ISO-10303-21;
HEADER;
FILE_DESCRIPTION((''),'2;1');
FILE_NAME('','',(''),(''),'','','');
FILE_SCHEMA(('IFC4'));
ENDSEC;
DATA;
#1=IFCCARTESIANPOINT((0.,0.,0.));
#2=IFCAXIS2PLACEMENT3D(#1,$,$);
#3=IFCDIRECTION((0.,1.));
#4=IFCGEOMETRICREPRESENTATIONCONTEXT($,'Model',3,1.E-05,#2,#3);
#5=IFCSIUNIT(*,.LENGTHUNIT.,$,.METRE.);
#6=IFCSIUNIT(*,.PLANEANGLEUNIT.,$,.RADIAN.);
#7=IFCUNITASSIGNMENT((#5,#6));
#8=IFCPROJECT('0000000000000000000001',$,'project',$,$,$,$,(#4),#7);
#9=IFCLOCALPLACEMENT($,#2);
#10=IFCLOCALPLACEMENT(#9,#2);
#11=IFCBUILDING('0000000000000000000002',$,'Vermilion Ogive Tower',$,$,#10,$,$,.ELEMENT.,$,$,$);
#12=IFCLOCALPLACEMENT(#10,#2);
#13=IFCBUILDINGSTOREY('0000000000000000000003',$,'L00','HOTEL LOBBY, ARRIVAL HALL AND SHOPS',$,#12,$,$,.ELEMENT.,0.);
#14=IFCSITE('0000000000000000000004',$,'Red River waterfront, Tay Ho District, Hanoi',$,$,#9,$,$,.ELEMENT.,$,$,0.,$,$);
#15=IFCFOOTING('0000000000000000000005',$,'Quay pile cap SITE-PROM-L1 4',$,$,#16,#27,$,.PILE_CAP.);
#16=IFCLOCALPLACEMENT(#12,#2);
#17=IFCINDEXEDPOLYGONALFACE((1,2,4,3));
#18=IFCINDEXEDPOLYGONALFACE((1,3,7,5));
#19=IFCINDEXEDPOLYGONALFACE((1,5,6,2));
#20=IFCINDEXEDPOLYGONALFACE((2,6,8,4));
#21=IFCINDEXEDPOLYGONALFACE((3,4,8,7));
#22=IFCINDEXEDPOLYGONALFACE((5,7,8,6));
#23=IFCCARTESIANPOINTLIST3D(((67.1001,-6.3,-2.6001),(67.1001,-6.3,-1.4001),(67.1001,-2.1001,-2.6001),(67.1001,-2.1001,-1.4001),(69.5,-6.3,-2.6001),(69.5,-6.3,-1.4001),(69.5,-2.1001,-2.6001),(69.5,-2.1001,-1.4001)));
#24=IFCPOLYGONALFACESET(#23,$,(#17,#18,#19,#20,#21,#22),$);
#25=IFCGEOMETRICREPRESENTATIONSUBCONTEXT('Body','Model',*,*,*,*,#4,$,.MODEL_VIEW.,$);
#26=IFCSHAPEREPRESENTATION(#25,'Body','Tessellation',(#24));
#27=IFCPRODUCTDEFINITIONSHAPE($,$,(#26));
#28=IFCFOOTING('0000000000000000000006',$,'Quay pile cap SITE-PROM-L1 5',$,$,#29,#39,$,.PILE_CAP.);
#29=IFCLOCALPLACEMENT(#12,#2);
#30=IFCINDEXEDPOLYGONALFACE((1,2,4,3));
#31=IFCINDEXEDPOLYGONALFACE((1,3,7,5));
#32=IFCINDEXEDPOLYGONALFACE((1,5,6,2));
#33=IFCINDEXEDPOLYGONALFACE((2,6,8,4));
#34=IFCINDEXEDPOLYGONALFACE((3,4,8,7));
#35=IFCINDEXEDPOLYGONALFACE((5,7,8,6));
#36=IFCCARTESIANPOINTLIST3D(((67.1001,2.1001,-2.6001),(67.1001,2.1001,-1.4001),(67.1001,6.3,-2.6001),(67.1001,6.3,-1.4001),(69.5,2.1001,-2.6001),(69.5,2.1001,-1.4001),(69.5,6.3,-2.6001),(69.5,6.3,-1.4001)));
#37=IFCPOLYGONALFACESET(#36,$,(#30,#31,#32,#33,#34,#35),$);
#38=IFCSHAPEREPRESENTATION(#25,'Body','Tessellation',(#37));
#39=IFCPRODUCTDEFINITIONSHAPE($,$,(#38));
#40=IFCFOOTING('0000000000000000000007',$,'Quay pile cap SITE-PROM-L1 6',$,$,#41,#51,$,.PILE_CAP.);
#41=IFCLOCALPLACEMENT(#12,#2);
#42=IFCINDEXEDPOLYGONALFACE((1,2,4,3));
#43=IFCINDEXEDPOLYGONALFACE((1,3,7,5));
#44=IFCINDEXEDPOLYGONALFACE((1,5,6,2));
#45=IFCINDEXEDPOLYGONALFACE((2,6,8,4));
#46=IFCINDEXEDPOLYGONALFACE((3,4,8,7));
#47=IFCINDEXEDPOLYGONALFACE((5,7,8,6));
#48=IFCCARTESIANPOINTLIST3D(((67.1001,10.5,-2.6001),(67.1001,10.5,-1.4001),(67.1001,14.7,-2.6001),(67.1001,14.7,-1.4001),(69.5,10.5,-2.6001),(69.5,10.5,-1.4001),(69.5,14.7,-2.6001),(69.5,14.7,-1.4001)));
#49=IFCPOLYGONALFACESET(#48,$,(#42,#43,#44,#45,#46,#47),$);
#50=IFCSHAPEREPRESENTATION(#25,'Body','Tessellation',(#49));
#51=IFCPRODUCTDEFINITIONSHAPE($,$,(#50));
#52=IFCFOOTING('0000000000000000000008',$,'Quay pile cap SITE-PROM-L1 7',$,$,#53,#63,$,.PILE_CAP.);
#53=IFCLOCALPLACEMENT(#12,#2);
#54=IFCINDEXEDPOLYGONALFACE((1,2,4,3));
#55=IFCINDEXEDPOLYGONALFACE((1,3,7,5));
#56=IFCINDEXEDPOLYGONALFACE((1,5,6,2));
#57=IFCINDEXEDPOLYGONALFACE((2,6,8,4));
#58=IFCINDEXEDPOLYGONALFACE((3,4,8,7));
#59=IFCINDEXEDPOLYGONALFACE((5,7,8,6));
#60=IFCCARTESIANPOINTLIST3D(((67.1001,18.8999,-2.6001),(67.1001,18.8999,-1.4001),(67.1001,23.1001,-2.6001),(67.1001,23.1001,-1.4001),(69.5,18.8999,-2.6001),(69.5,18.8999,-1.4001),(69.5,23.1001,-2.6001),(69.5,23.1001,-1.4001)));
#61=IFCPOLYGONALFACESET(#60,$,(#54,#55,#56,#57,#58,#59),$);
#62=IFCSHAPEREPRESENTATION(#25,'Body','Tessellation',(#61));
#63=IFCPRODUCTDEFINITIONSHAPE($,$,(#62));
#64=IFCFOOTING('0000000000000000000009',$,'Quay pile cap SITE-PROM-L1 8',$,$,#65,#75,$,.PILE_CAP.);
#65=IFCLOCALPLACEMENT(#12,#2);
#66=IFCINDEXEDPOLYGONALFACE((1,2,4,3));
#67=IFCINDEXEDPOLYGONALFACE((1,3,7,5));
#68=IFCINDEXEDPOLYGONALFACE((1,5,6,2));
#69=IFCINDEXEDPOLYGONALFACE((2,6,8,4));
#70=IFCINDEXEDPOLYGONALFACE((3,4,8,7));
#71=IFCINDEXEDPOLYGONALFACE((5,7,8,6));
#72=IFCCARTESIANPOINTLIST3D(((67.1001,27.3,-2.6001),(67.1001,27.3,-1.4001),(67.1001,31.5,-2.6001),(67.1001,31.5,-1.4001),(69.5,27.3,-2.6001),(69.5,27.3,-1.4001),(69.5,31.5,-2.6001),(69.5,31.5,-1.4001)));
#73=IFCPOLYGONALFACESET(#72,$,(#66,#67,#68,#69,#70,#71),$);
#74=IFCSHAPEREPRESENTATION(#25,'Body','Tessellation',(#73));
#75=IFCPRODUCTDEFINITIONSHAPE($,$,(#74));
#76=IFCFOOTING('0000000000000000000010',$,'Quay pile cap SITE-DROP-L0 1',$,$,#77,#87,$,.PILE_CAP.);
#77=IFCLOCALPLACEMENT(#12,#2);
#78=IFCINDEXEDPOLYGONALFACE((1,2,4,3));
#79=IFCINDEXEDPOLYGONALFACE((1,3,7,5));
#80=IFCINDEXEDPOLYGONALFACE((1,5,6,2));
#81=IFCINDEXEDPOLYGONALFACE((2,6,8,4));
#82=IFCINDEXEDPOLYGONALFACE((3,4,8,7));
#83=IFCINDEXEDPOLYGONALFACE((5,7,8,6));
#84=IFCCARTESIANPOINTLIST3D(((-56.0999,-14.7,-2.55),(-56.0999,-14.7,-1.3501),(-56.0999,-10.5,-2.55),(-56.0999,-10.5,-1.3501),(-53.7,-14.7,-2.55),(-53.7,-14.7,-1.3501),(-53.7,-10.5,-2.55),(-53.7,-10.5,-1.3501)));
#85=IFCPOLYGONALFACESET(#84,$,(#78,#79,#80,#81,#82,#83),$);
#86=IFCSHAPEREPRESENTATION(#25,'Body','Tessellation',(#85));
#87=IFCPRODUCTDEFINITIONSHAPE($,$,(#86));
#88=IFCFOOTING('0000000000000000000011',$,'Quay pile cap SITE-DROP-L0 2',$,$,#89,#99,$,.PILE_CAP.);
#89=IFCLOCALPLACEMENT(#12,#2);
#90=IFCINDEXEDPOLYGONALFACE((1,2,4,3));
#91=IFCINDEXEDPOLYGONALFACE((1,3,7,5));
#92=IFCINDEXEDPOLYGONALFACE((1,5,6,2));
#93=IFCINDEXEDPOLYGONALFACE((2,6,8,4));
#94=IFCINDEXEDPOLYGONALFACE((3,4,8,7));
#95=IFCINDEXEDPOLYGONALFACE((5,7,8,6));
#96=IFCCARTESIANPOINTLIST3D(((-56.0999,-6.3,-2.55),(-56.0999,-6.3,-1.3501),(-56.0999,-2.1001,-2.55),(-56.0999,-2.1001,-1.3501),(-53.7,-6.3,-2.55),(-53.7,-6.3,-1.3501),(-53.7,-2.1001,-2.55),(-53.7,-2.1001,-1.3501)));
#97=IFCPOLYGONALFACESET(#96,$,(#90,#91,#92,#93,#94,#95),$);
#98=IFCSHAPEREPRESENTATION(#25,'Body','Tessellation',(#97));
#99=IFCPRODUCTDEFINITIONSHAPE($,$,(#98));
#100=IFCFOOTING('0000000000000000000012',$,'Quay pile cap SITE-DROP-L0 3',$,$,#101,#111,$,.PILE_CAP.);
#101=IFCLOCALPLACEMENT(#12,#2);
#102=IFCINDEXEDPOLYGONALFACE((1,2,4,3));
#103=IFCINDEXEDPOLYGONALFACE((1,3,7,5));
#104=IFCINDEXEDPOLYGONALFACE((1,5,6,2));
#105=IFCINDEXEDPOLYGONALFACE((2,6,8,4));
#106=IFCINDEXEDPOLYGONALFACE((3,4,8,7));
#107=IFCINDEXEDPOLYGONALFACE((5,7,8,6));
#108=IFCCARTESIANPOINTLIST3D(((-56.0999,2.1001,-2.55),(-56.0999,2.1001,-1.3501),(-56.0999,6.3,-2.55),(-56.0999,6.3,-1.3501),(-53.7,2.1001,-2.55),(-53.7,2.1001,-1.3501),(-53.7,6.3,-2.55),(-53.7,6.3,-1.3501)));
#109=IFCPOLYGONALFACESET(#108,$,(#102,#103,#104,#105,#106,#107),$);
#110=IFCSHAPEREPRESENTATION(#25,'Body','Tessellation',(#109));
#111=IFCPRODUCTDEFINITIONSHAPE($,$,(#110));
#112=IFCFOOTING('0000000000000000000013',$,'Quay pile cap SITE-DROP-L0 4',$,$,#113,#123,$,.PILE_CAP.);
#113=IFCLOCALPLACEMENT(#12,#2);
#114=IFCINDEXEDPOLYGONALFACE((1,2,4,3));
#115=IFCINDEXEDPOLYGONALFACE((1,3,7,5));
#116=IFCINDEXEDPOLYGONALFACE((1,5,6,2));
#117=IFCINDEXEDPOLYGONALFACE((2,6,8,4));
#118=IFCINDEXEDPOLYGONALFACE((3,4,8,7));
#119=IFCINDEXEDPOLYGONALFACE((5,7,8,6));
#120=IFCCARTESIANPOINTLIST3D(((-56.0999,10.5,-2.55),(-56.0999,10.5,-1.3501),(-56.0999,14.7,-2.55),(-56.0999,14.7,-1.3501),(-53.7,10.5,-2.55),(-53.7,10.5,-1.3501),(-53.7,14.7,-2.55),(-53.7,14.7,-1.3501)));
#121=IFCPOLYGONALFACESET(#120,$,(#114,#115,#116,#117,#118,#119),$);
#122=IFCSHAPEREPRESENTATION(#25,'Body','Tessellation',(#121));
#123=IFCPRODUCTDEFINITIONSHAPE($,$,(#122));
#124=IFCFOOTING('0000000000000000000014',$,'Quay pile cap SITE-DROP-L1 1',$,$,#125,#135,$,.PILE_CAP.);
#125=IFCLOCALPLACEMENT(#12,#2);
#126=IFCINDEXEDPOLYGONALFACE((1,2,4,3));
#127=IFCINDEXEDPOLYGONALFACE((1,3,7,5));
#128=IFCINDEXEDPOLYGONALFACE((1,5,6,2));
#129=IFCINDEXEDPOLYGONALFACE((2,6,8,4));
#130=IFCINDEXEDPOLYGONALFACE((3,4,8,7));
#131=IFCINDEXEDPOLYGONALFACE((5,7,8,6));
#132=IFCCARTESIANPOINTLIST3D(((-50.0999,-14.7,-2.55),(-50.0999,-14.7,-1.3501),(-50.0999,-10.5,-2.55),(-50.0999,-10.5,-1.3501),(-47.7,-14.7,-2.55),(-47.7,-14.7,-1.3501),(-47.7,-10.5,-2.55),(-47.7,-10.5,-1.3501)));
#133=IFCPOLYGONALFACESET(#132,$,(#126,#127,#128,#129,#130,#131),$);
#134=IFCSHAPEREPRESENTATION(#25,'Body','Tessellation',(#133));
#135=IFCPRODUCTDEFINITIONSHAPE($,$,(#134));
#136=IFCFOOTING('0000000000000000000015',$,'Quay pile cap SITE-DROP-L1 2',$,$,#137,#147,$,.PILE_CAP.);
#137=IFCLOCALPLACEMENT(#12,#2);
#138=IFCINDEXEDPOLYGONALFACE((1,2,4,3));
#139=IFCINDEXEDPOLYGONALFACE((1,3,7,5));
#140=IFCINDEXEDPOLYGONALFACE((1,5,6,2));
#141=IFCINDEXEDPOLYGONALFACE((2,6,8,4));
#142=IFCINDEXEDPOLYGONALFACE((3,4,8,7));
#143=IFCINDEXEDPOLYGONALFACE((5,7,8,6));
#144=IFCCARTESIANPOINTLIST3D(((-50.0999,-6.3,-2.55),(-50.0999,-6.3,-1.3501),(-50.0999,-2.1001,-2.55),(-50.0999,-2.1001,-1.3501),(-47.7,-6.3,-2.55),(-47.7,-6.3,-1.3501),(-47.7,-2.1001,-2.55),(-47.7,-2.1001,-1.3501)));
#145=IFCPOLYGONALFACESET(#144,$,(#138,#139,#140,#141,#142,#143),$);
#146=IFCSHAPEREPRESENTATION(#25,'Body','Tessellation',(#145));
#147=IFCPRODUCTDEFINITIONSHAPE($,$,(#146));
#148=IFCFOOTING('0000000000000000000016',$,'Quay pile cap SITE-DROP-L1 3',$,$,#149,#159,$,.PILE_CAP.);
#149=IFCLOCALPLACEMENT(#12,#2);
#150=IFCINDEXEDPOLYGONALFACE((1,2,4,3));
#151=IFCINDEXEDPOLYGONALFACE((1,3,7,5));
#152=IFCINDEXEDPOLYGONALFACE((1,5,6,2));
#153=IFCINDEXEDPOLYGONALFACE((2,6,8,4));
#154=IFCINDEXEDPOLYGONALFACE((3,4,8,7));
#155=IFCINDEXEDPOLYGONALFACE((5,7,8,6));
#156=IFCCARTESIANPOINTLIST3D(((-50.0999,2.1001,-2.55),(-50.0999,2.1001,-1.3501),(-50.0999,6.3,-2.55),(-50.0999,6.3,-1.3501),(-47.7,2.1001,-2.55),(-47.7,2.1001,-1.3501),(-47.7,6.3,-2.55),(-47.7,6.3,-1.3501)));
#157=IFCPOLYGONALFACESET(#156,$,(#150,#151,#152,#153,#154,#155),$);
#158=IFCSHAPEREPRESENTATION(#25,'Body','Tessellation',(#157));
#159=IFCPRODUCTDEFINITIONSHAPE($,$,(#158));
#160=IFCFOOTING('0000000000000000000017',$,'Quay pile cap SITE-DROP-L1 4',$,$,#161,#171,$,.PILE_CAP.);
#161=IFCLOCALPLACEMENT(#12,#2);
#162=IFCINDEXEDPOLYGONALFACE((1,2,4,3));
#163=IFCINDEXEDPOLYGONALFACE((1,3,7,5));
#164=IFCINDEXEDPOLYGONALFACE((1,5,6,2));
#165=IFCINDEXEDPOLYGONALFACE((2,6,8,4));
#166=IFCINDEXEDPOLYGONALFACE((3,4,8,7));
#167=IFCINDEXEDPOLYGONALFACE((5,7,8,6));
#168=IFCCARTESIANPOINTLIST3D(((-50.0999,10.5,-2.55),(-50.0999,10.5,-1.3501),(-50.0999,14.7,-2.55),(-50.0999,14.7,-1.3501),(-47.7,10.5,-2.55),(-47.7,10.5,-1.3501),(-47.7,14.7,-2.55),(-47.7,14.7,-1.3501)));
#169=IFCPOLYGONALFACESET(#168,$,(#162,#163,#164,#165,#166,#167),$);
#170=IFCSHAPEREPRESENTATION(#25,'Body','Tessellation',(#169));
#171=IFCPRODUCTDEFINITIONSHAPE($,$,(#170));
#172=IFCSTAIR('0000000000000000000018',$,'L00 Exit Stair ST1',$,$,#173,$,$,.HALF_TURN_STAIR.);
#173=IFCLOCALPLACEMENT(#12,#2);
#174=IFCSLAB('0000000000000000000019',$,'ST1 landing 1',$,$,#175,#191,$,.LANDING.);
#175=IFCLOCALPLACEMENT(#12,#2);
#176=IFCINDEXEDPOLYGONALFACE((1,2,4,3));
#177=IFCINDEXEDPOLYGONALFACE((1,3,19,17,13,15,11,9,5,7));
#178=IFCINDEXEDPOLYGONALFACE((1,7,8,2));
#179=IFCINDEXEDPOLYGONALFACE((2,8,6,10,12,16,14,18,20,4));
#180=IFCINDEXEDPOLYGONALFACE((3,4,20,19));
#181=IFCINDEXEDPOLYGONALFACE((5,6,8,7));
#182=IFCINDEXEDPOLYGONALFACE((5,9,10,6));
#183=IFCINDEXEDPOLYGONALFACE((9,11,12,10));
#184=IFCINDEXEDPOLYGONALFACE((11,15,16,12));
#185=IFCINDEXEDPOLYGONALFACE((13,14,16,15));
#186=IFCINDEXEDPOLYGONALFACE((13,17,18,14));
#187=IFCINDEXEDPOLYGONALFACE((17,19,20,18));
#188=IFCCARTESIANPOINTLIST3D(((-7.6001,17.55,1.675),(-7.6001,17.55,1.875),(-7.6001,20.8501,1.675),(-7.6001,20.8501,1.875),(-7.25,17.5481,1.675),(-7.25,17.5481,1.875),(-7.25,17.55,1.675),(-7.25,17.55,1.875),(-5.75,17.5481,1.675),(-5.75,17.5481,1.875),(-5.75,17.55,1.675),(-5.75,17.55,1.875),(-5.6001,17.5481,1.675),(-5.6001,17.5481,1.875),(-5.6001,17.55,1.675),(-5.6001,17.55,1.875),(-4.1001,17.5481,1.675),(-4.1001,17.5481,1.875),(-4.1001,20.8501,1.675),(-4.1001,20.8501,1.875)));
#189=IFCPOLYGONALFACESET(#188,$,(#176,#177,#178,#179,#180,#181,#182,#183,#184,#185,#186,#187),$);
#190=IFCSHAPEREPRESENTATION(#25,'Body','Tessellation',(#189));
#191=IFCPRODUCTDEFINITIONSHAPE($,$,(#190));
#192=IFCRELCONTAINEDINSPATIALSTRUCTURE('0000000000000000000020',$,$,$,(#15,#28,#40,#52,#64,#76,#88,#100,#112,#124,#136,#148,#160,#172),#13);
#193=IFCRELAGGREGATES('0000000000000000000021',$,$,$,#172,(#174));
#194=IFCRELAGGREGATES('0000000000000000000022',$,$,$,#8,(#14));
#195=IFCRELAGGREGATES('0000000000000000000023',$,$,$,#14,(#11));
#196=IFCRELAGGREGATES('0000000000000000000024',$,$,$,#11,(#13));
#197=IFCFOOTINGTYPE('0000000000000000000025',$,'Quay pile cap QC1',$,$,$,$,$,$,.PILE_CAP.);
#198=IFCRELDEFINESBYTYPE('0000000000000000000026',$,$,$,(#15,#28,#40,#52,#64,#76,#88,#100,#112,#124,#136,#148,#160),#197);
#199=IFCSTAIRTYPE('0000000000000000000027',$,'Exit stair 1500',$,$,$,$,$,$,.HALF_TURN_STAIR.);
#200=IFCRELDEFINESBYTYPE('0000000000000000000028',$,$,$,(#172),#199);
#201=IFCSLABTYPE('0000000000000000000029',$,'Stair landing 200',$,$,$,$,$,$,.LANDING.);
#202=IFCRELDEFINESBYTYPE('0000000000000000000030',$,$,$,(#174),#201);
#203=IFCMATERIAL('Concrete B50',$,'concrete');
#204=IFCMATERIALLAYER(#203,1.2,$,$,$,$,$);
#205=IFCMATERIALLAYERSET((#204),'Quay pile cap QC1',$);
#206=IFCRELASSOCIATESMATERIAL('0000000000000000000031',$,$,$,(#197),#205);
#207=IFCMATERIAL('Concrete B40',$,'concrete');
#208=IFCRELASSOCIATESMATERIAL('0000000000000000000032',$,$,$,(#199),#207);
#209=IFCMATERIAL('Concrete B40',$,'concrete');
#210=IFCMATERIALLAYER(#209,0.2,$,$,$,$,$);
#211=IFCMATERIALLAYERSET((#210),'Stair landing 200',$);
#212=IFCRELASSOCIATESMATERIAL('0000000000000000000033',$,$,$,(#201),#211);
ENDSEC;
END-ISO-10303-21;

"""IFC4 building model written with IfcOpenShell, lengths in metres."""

from ifc_helpers import new_model, si_unit, direction, frame, origin, place, context, subcontext, project, spatial, polyline, outline, extrude, material, layer, layer_set, type_object, element, aggregate, save


model = new_model("IFC4")

# Units and contexts
model_context = context("Model", 3, precision=1e-05, world=origin(), true_north=direction((0.0, 1.0)))
body_context = subcontext(model_context, "Body", "Model", "MODEL_VIEW")
ifc_project = project(units=[si_unit("LENGTHUNIT", "METRE"), si_unit("PLANEANGLEUNIT", "RADIAN")], contexts=[model_context])

# Site, building, storey
site_placement = place(None, origin())
site = spatial("IfcSite", under=ifc_project, at=site_placement, Name="Red River waterfront, Tay Ho District, Hanoi", CompositionType="ELEMENT", RefElevation=0.0)
building_placement = place(site_placement, origin())
building = spatial("IfcBuilding", under=site, at=building_placement, Name="Vermilion Ogive Tower", CompositionType="ELEMENT")
storey_placement = place(building_placement, origin())
storey = spatial("IfcBuildingStorey", under=building, at=storey_placement, Name="L00", Description="HOTEL LOBBY, ARRIVAL HALL AND SHOPS", CompositionType="ELEMENT", Elevation=0.0)

# Footings
ifc_material_1 = material(Name="Concrete B50", Category="concrete")
ifc_layer_1 = layer(ifc_material_1, 1.2)
ifc_layer_set_1 = layer_set([ifc_layer_1], Name="Quay pile cap QC1")
footing_type = type_object("IfcFootingType", Name="Quay pile cap QC1", PredefinedType="PILE_CAP", material=ifc_layer_set_1)
footing_1_placement = place(storey_placement, frame((0.0, 0.0, -2.6001)))
element("IfcFooting", 1, at=footing_1_placement, inside=storey, type_object=footing_type, Name="Quay pile cap SITE-PROM-L1 4", PredefinedType="PILE_CAP", context=body_context, shape_type="SweptSolid", body=[
    extrude(outline(polyline([(69.5, -6.3), (69.5, -2.1001), (67.1001, -2.1001), (67.1001, -6.3), (69.5, -6.3)])), origin(), (0.0, 0.0, 1.0), 1.2),
])
footing_2_placement = place(storey_placement, frame((0.0, 0.0, -2.6001)))
element("IfcFooting", 2, at=footing_2_placement, inside=storey, type_object=footing_type, Name="Quay pile cap SITE-PROM-L1 5", PredefinedType="PILE_CAP", context=body_context, shape_type="SweptSolid", body=[
    extrude(outline(polyline([(69.5, 2.1001), (69.5, 6.3), (67.1001, 6.3), (67.1001, 2.1001), (69.5, 2.1001)])), origin(), (0.0, 0.0, 1.0), 1.2),
])
footing_3_placement = place(storey_placement, frame((0.0, 0.0, -2.6001)))
element("IfcFooting", 3, at=footing_3_placement, inside=storey, type_object=footing_type, Name="Quay pile cap SITE-PROM-L1 6", PredefinedType="PILE_CAP", context=body_context, shape_type="SweptSolid", body=[
    extrude(outline(polyline([(69.5, 10.5), (69.5, 14.7), (67.1001, 14.7), (67.1001, 10.5), (69.5, 10.5)])), origin(), (0.0, 0.0, 1.0), 1.2),
])
footing_4_placement = place(storey_placement, frame((0.0, 0.0, -2.6001)))
element("IfcFooting", 4, at=footing_4_placement, inside=storey, type_object=footing_type, Name="Quay pile cap SITE-PROM-L1 7", PredefinedType="PILE_CAP", context=body_context, shape_type="SweptSolid", body=[
    extrude(outline(polyline([(69.5, 18.8999), (69.5, 23.1001), (67.1001, 23.1001), (67.1001, 18.8999), (69.5, 18.8999)])), origin(), (0.0, 0.0, 1.0), 1.2),
])
footing_5_placement = place(storey_placement, frame((0.0, 0.0, -2.6001)))
element("IfcFooting", 5, at=footing_5_placement, inside=storey, type_object=footing_type, Name="Quay pile cap SITE-PROM-L1 8", PredefinedType="PILE_CAP", context=body_context, shape_type="SweptSolid", body=[
    extrude(outline(polyline([(69.5, 27.3), (69.5, 31.5), (67.1001, 31.5), (67.1001, 27.3), (69.5, 27.3)])), origin(), (0.0, 0.0, 1.0), 1.2),
])
footing_6_placement = place(storey_placement, frame((0.0, 0.0, -2.55)))
element("IfcFooting", 6, at=footing_6_placement, inside=storey, type_object=footing_type, Name="Quay pile cap SITE-DROP-L0 1", PredefinedType="PILE_CAP", context=body_context, shape_type="SweptSolid", body=[
    extrude(outline(polyline([(-53.7, -14.7), (-53.7, -10.5), (-56.0999, -10.5), (-56.0999, -14.7), (-53.7, -14.7)])), origin(), (0.0, 0.0, 1.0), 1.2),
])
footing_7_placement = place(storey_placement, frame((0.0, 0.0, -2.55)))
element("IfcFooting", 7, at=footing_7_placement, inside=storey, type_object=footing_type, Name="Quay pile cap SITE-DROP-L0 2", PredefinedType="PILE_CAP", context=body_context, shape_type="SweptSolid", body=[
    extrude(outline(polyline([(-53.7, -6.3), (-53.7, -2.1001), (-56.0999, -2.1001), (-56.0999, -6.3), (-53.7, -6.3)])), origin(), (0.0, 0.0, 1.0), 1.2),
])
footing_8_placement = place(storey_placement, frame((0.0, 0.0, -2.55)))
element("IfcFooting", 8, at=footing_8_placement, inside=storey, type_object=footing_type, Name="Quay pile cap SITE-DROP-L0 3", PredefinedType="PILE_CAP", context=body_context, shape_type="SweptSolid", body=[
    extrude(outline(polyline([(-53.7, 2.1001), (-53.7, 6.3), (-56.0999, 6.3), (-56.0999, 2.1001), (-53.7, 2.1001)])), origin(), (0.0, 0.0, 1.0), 1.2),
])
footing_9_placement = place(storey_placement, frame((0.0, 0.0, -2.55)))
element("IfcFooting", 9, at=footing_9_placement, inside=storey, type_object=footing_type, Name="Quay pile cap SITE-DROP-L0 4", PredefinedType="PILE_CAP", context=body_context, shape_type="SweptSolid", body=[
    extrude(outline(polyline([(-53.7, 10.5), (-53.7, 14.7), (-56.0999, 14.7), (-56.0999, 10.5), (-53.7, 10.5)])), origin(), (0.0, 0.0, 1.0), 1.2),
])
footing_10_placement = place(storey_placement, frame((0.0, 0.0, -2.55)))
element("IfcFooting", 10, at=footing_10_placement, inside=storey, type_object=footing_type, Name="Quay pile cap SITE-DROP-L1 1", PredefinedType="PILE_CAP", context=body_context, shape_type="SweptSolid", body=[
    extrude(outline(polyline([(-47.7, -14.7), (-47.7, -10.5), (-50.0999, -10.5), (-50.0999, -14.7), (-47.7, -14.7)])), origin(), (0.0, 0.0, 1.0), 1.2),
])
footing_11_placement = place(storey_placement, frame((0.0, 0.0, -2.55)))
element("IfcFooting", 11, at=footing_11_placement, inside=storey, type_object=footing_type, Name="Quay pile cap SITE-DROP-L1 2", PredefinedType="PILE_CAP", context=body_context, shape_type="SweptSolid", body=[
    extrude(outline(polyline([(-47.7, -6.3), (-47.7, -2.1001), (-50.0999, -2.1001), (-50.0999, -6.3), (-47.7, -6.3)])), origin(), (0.0, 0.0, 1.0), 1.2),
])
footing_12_placement = place(storey_placement, frame((0.0, 0.0, -2.55)))
element("IfcFooting", 12, at=footing_12_placement, inside=storey, type_object=footing_type, Name="Quay pile cap SITE-DROP-L1 3", PredefinedType="PILE_CAP", context=body_context, shape_type="SweptSolid", body=[
    extrude(outline(polyline([(-47.7, 2.1001), (-47.7, 6.3), (-50.0999, 6.3), (-50.0999, 2.1001), (-47.7, 2.1001)])), origin(), (0.0, 0.0, 1.0), 1.2),
])
footing_13_placement = place(storey_placement, frame((0.0, 0.0, -2.55)))
element("IfcFooting", 13, at=footing_13_placement, inside=storey, type_object=footing_type, Name="Quay pile cap SITE-DROP-L1 4", PredefinedType="PILE_CAP", context=body_context, shape_type="SweptSolid", body=[
    extrude(outline(polyline([(-47.7, 10.5), (-47.7, 14.7), (-50.0999, 14.7), (-50.0999, 10.5), (-47.7, 10.5)])), origin(), (0.0, 0.0, 1.0), 1.2),
])

# Stair, slab
ifc_material_2 = material(Name="Concrete B40", Category="concrete")
stair_type = type_object("IfcStairType", Name="Exit stair 1500", PredefinedType="HALF_TURN_STAIR", material=ifc_material_2)
stair_1_placement = place(storey_placement, origin())
stair_1 = element("IfcStair", 14, at=stair_1_placement, inside=storey, type_object=stair_type, Name="L00 Exit Stair ST1", PredefinedType="HALF_TURN_STAIR")
ifc_material_3 = material(Name="Concrete B40", Category="concrete")
ifc_layer_2 = layer(ifc_material_3, 0.2)
ifc_layer_set_2 = layer_set([ifc_layer_2], Name="Stair landing 200")
slab_type = type_object("IfcSlabType", Name="Stair landing 200", PredefinedType="LANDING", material=ifc_layer_set_2)
slab_1_placement = place(storey_placement, frame((0.0, 0.0, 1.675)))
slab_1 = element("IfcSlab", 15, at=slab_1_placement, type_object=slab_type, Name="ST1 landing 1", PredefinedType="LANDING", context=body_context, shape_type="SweptSolid", body=[
    extrude(outline(polyline([(-7.6001, 17.55), (-7.25, 17.55), (-7.25, 17.5481), (-5.75, 17.5481), (-5.75, 17.55), (-5.6001, 17.55), (-5.6001, 17.5481), (-4.1001, 17.5481), (-4.1001, 20.8501), (-7.6001, 20.8501), (-7.6001, 17.55)])), origin(), (0.0, 0.0, 1.0), 0.2),
])
aggregate(stair_1, [slab_1])

save(model, "model.ifc")
